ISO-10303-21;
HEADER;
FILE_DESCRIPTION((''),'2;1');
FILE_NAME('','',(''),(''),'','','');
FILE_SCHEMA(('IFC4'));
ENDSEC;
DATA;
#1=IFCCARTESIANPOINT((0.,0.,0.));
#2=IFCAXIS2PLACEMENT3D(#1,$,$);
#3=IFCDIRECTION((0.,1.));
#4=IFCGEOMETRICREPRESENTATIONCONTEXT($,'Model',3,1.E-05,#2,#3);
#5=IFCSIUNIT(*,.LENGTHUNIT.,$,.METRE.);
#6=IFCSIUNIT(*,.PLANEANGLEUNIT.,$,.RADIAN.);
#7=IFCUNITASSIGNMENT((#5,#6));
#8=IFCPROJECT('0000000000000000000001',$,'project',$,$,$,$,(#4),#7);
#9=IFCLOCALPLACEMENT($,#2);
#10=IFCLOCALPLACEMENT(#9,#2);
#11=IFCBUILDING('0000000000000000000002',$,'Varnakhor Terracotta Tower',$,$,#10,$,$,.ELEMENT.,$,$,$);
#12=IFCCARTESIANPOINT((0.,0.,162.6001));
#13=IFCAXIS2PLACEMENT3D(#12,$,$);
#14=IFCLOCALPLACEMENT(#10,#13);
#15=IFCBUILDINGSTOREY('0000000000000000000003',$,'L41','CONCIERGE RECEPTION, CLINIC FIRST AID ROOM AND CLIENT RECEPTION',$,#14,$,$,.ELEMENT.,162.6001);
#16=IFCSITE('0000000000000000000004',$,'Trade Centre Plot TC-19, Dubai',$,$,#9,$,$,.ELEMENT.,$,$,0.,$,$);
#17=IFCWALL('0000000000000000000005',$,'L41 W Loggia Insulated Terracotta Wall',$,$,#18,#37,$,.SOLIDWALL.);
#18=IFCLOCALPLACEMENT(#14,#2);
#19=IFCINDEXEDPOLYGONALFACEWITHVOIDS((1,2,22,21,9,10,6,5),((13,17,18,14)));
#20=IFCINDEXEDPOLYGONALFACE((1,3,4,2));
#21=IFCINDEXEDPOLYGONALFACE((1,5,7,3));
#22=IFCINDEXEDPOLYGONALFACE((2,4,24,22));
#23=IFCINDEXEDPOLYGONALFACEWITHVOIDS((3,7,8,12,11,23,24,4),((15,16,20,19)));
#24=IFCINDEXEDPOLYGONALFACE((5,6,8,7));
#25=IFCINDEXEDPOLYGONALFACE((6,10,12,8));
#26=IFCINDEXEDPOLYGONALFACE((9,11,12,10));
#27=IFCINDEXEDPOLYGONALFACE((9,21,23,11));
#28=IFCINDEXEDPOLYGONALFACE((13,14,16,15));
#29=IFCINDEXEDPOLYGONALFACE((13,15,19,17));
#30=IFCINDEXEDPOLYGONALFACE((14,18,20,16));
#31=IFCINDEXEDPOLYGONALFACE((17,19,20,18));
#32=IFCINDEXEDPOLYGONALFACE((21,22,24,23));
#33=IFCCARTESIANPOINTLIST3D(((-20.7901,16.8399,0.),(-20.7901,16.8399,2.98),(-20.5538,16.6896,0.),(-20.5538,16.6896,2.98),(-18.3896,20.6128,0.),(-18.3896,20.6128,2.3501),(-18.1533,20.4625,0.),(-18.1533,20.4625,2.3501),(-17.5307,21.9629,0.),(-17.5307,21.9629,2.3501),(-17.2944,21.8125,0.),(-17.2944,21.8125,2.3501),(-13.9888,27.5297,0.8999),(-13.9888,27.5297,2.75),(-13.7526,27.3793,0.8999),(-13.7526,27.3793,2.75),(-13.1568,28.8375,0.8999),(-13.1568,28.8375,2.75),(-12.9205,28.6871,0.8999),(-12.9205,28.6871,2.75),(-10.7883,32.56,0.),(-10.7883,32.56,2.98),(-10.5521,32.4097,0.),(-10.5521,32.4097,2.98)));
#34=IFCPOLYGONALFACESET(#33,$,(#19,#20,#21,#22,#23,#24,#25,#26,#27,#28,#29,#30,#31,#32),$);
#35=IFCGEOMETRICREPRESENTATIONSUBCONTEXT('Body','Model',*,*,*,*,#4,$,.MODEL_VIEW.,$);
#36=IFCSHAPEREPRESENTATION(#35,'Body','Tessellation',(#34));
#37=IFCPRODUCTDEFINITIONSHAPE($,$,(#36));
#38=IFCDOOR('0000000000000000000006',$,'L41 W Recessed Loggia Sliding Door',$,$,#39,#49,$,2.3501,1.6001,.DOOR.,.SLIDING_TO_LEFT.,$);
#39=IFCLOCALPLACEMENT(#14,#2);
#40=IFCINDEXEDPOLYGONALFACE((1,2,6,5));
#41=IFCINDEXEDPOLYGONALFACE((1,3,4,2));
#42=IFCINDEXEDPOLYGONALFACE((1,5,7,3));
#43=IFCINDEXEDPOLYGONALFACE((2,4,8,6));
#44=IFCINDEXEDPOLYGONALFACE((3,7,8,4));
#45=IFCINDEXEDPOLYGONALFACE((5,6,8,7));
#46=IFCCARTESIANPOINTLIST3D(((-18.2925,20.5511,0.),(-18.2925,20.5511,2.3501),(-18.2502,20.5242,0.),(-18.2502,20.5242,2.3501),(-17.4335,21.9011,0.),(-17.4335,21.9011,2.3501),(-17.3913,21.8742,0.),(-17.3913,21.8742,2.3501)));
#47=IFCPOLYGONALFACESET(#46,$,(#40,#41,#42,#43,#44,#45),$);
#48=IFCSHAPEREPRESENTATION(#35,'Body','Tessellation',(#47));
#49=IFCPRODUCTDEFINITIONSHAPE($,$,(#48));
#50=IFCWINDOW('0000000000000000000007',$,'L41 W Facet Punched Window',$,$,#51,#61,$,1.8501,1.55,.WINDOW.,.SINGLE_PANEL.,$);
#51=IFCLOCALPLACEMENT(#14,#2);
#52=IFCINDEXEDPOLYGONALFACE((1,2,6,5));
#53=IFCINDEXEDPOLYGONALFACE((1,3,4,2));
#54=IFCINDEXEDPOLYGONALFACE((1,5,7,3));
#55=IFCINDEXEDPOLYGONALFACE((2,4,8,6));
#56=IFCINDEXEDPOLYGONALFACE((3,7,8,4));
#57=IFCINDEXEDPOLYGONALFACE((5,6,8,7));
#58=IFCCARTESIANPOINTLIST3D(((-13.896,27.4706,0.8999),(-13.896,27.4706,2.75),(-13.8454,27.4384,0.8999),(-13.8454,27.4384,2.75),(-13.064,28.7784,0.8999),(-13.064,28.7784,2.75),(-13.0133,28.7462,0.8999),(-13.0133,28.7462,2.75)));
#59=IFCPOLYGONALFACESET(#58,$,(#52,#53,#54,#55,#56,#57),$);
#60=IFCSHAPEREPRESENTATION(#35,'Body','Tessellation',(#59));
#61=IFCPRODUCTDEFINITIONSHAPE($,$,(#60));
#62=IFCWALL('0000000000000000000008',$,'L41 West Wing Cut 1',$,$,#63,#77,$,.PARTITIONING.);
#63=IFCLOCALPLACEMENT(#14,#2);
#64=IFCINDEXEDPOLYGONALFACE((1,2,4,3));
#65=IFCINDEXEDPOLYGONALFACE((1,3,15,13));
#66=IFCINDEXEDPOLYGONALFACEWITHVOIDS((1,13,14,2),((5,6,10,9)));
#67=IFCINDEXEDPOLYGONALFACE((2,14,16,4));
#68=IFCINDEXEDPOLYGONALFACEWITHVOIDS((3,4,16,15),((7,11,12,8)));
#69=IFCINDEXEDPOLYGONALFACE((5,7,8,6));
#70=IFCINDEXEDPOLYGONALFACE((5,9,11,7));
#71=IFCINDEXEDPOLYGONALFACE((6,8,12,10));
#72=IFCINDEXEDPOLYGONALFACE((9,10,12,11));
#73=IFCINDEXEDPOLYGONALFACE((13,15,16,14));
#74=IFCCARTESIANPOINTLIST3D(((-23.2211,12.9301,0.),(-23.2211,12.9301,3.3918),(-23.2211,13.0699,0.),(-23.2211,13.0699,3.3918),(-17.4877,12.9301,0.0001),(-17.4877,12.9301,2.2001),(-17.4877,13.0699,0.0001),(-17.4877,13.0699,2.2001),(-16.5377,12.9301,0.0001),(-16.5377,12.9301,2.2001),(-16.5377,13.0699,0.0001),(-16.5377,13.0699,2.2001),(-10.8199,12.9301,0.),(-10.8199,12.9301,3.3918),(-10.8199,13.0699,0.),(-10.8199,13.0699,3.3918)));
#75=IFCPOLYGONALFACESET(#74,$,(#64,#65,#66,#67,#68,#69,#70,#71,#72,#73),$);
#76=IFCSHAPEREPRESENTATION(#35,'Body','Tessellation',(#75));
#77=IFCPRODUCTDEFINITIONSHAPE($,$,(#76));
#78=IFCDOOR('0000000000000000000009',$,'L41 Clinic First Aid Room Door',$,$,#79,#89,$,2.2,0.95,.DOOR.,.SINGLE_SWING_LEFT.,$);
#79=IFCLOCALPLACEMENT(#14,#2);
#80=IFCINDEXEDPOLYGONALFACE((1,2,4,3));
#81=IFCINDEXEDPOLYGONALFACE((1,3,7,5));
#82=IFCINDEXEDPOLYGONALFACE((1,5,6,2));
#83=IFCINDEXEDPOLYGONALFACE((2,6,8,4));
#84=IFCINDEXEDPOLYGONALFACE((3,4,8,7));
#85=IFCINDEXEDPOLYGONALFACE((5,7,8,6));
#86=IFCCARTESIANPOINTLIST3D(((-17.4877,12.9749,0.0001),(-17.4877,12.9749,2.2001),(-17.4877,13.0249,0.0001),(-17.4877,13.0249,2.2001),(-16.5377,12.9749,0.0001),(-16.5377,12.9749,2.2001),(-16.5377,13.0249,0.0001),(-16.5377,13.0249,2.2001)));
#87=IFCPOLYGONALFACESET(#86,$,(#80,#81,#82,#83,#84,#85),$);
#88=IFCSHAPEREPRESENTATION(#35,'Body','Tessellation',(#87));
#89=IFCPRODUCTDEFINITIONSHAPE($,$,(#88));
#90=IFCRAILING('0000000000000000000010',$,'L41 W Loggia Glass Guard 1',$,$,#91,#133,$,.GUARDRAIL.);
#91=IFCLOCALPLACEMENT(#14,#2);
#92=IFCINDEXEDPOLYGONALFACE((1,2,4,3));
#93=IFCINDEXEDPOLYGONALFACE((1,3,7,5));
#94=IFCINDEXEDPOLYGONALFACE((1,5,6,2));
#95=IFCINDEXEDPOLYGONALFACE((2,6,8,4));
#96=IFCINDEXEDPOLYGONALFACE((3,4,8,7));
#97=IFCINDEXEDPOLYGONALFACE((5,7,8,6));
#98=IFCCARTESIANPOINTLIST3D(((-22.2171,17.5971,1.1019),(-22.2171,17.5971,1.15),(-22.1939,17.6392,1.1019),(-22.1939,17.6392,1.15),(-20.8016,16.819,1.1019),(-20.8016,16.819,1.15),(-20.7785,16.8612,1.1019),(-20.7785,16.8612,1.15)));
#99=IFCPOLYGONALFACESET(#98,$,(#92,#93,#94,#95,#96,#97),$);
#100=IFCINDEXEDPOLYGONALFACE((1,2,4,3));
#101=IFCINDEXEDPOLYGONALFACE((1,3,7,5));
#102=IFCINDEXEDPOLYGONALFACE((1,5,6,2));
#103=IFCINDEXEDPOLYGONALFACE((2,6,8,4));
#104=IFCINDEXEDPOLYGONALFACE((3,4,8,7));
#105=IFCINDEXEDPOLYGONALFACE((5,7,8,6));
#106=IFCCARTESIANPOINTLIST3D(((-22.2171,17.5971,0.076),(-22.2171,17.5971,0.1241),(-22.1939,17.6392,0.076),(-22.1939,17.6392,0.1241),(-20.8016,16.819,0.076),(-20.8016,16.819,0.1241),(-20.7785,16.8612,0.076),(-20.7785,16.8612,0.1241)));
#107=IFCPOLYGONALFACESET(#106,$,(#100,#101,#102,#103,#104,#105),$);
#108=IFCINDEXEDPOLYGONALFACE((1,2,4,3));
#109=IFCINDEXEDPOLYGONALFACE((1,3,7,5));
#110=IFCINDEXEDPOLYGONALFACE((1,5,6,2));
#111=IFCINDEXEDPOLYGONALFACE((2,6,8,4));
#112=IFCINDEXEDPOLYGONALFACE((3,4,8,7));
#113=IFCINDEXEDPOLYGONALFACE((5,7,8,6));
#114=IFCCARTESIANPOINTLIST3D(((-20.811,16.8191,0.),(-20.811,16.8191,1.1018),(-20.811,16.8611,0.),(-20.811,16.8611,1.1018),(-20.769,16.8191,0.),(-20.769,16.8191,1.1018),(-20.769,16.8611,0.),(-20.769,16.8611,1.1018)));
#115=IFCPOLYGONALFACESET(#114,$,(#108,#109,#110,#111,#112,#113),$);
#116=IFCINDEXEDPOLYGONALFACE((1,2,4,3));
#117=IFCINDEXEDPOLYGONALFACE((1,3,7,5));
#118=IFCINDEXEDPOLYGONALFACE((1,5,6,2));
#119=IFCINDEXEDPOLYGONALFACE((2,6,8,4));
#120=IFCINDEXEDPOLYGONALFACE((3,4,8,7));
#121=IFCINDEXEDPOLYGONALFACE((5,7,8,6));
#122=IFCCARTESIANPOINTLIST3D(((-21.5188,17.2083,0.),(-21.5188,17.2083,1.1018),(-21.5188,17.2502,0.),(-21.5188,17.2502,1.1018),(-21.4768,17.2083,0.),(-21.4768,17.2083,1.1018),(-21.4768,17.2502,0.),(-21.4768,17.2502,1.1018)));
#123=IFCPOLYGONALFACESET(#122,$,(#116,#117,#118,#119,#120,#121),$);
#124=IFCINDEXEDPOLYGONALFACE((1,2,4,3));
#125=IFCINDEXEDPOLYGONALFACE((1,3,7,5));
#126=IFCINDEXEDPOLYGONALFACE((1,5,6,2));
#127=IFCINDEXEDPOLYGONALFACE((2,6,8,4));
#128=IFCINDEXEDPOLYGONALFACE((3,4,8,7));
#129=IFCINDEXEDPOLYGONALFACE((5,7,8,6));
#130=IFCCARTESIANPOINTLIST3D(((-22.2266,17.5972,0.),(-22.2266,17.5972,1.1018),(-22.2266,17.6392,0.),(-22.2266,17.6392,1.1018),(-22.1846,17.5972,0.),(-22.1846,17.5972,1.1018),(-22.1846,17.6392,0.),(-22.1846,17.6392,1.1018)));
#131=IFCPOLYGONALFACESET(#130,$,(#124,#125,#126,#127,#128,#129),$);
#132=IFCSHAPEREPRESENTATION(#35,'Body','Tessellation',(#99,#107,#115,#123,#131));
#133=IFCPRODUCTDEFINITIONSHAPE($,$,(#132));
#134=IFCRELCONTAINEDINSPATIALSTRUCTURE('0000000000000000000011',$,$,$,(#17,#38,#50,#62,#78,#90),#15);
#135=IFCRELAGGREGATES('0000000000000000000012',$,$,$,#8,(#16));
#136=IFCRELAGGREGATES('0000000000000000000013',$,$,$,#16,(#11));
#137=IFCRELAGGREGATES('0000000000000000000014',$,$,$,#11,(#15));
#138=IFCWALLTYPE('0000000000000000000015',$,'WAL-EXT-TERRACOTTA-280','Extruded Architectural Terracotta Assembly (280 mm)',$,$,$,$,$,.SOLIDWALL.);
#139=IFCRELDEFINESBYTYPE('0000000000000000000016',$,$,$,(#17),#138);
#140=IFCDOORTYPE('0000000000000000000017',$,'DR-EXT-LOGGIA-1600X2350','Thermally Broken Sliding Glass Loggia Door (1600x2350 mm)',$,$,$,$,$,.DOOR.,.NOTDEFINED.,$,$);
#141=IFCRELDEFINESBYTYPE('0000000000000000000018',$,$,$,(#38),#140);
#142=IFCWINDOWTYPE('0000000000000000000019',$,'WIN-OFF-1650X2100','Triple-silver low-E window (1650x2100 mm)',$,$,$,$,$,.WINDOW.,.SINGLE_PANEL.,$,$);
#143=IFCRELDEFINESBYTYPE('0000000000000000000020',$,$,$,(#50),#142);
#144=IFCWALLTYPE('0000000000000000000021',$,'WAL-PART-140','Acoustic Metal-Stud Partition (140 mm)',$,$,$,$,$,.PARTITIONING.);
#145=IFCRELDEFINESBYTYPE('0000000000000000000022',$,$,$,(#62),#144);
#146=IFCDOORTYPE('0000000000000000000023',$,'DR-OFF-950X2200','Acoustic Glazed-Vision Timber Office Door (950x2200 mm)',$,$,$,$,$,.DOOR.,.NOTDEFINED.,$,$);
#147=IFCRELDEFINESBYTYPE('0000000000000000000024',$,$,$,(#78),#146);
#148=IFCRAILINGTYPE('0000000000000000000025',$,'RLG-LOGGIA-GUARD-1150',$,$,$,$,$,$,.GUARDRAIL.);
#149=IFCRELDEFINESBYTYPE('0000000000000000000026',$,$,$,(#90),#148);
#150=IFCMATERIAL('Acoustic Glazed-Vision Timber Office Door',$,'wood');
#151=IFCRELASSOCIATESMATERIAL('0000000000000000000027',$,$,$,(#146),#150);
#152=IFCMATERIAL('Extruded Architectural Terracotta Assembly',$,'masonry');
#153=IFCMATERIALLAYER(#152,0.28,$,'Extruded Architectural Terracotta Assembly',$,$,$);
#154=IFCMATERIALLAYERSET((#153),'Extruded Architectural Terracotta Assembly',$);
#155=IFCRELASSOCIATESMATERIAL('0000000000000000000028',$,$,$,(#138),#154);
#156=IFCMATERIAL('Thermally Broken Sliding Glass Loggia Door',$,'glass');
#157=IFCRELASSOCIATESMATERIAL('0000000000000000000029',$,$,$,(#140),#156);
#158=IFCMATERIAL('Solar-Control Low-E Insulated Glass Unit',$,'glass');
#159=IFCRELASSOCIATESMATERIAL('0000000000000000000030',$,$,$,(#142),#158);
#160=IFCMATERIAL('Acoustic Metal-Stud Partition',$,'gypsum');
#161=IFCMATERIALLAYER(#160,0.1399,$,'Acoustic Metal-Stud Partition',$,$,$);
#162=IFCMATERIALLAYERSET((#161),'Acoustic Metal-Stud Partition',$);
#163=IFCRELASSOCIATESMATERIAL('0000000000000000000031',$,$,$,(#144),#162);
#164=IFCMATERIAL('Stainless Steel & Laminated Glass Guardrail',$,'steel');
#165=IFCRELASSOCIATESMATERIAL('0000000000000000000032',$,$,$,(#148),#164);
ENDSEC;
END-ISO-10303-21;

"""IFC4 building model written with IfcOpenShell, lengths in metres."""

from ifc_helpers import new_model, si_unit, direction, frame, frame_2d, origin, origin_2d, place, context, subcontext, project, spatial, rectangle, extrude, source, transform, mapped, material, layer, layer_set, type_object, type_shapes, element, fill, save


model = new_model("IFC4")

# Units and contexts
model_context = context("Model", 3, precision=1e-05, world=origin(), true_north=direction((0.0, 1.0)))
body_context = subcontext(model_context, "Body", "Model", "MODEL_VIEW")
ifc_project = project(units=[si_unit("LENGTHUNIT", "METRE"), si_unit("PLANEANGLEUNIT", "RADIAN")], contexts=[model_context])

# Site, building, storey
site_placement = place(None, origin())
site = spatial("IfcSite", under=ifc_project, at=site_placement, Name="Trade Centre Plot TC-19, Dubai", CompositionType="ELEMENT", RefElevation=0.0)
building_placement = place(site_placement, origin())
building = spatial("IfcBuilding", under=site, at=building_placement, Name="Varnakhor Terracotta Tower", CompositionType="ELEMENT")
storey_placement = place(building_placement, frame((0.0, 0.0, 162.6001)))
storey = spatial("IfcBuildingStorey", under=building, at=storey_placement, Name="L41", Description="CONCIERGE RECEPTION, CLINIC FIRST AID ROOM AND CLIENT RECEPTION", CompositionType="ELEMENT", Elevation=162.6001)

# Shared definitions
ifc_material_1 = material(Name="Acoustic Glazed-Vision Timber Office Door", Category="wood")
door_type_1 = type_object("IfcDoorType", Name="DR-OFF-950X2200", Description="Acoustic Glazed-Vision Timber Office Door (950x2200 mm)", OperationType="NOTDEFINED", PredefinedType="DOOR", material=ifc_material_1)
shared_shape_1 = source(origin(), body_context, "Body", "SweptSolid", [
    extrude(rectangle(XDim=0.95, YDim=2.2, at=frame_2d((0.4751, 1.1001))), frame((0.0, 0.0249, 0.0), z_axis=(0.0, -1.0, 0.0), x_axis=(1.0, 0.0, 0.0)), (0.0, 0.0, 1.0), 0.05),
])
type_shapes(door_type_1, [shared_shape_1])

# Wall, openings, door, window
ifc_material_2 = material(Name="Extruded Architectural Terracotta Assembly", Category="masonry")
ifc_layer_1 = layer(ifc_material_2, 0.28, Name="Extruded Architectural Terracotta Assembly")
ifc_layer_set_1 = layer_set([ifc_layer_1], Name="Extruded Architectural Terracotta Assembly")
wall_type_1 = type_object("IfcWallType", Name="WAL-EXT-TERRACOTTA-280", Description="Extruded Architectural Terracotta Assembly (280 mm)", PredefinedType="SOLIDWALL", material=ifc_layer_set_1)
wall_1_placement = place(storey_placement, frame((-20.6719, 16.7649, 0.0), z_axis=(0.0, 0.0, 1.0), x_axis=(0.536803, 0.843708, 0.0)))
wall_1 = element("IfcWall", 1, at=wall_1_placement, inside=storey, type_object=wall_type_1, Name="L41 W Loggia Insulated Terracotta Wall", PredefinedType="SOLIDWALL", context=body_context, shape_type="SweptSolid", body=[
    extrude(rectangle(XDim=18.6321, YDim=0.28, at=frame_2d((9.3159, 0.0))), origin(), (0.0, 0.0, 1.0), 2.98),
])
opening_1_placement = place(wall_1_placement, frame((4.4717, 0.0, 0.0)))
opening_1 = element("IfcOpeningElement", 2, at=opening_1_placement, cuts=wall_1, PredefinedType="OPENING", context=body_context, shape_type="SweptSolid", body=[
    extrude(rectangle(XDim=1.6001, YDim=2.3501, at=frame_2d((0.8, 1.175))), frame((0.0, 0.1499, 0.0), z_axis=(0.0, -1.0, 0.0), x_axis=(1.0, 0.0, 0.0)), (0.0, 0.0, 1.0), 0.3),
])
opening_2_placement = place(wall_1_placement, frame((12.6699, 0.0, 0.8999)))
opening_2 = element("IfcOpeningElement", 3, at=opening_2_placement, cuts=wall_1, PredefinedType="OPENING", context=body_context, shape_type="SweptSolid", body=[
    extrude(rectangle(XDim=1.55, YDim=1.8501, at=frame_2d((0.7749, 0.925))), frame((0.0, 0.1499, 0.0), z_axis=(0.0, -1.0, 0.0), x_axis=(1.0, 0.0, 0.0)), (0.0, 0.0, 1.0), 0.3),
])
ifc_material_3 = material(Name="Thermally Broken Sliding Glass Loggia Door", Category="glass")
door_type_2 = type_object("IfcDoorType", Name="DR-EXT-LOGGIA-1600X2350", Description="Thermally Broken Sliding Glass Loggia Door (1600x2350 mm)", OperationType="NOTDEFINED", PredefinedType="DOOR", material=ifc_material_3)
shared_shape_2 = source(origin(), body_context, "Body", "SweptSolid", [
    extrude(rectangle(XDim=1.6001, YDim=2.3501, at=frame_2d((0.8, 1.175))), frame((0.0, 0.0249, 0.0), z_axis=(0.0, -1.0, 0.0), x_axis=(1.0, 0.0, 0.0)), (0.0, 0.0, 1.0), 0.05),
])
type_shapes(door_type_2, [shared_shape_2])
door_1_placement = place(opening_1_placement, origin())
door_1 = element("IfcDoor", 4, at=door_1_placement, inside=storey, type_object=door_type_2, Name="L41 W Recessed Loggia Sliding Door", OperationType="SLIDING_TO_LEFT", OverallHeight=2.3501, OverallWidth=1.6001, PredefinedType="DOOR", context=body_context, shape_type="MappedRepresentation", body=[
    mapped(shared_shape_2, transform((0.0, 0.0, 0.0), scale=1.0)),
])
fill(opening_1, door_1)
ifc_material_4 = material(Name="Solar-Control Low-E Insulated Glass Unit", Category="glass")
window_type = type_object("IfcWindowType", Name="WIN-OFF-1650X2100", Description="Triple-silver low-E window (1650x2100 mm)", PartitioningType="SINGLE_PANEL", PredefinedType="WINDOW", material=ifc_material_4)
shared_shape_3 = source(origin(), body_context, "Body", "SweptSolid", [
    extrude(rectangle(XDim=1.55, YDim=1.8501, at=frame_2d((0.7749, 0.925))), frame((0.0, 0.03, 0.0), z_axis=(0.0, -1.0, 0.0), x_axis=(1.0, 0.0, 0.0)), (0.0, 0.0, 1.0), 0.0601),
])
type_shapes(window_type, [shared_shape_3])
window_placement = place(opening_2_placement, origin())
window = element("IfcWindow", 5, at=window_placement, inside=storey, type_object=window_type, Name="L41 W Facet Punched Window", OverallHeight=1.8501, OverallWidth=1.55, PartitioningType="SINGLE_PANEL", PredefinedType="WINDOW", context=body_context, shape_type="MappedRepresentation", body=[
    mapped(shared_shape_3, transform((0.0, 0.0, 0.0), scale=1.0)),
])
fill(opening_2, window)

# Wall, opening, door
ifc_material_5 = material(Name="Acoustic Metal-Stud Partition", Category="gypsum")
ifc_layer_2 = layer(ifc_material_5, 0.1399, Name="Acoustic Metal-Stud Partition")
ifc_layer_set_2 = layer_set([ifc_layer_2], Name="Acoustic Metal-Stud Partition")
wall_type_2 = type_object("IfcWallType", Name="WAL-PART-140", Description="Acoustic Metal-Stud Partition (140 mm)", PredefinedType="PARTITIONING", material=ifc_layer_set_2)
wall_2_placement = place(storey_placement, frame((-23.2212, 13.0, 0.0), z_axis=(0.0, 0.0, 1.0), x_axis=(1.0, 0.0, 0.0)))
wall_2 = element("IfcWall", 6, at=wall_2_placement, inside=storey, type_object=wall_type_2, Name="L41 West Wing Cut 1", PredefinedType="PARTITIONING", context=body_context, shape_type="SweptSolid", body=[
    extrude(rectangle(XDim=12.4011, YDim=0.1399, at=frame_2d((6.2007, 0.0))), origin(), (0.0, 0.0, 1.0), 3.3918),
])
opening_3_placement = place(wall_2_placement, frame((5.7334, 0.0, 0.0)))
opening_3 = element("IfcOpeningElement", 7, at=opening_3_placement, cuts=wall_2, PredefinedType="OPENING", context=body_context, shape_type="SweptSolid", body=[
    extrude(rectangle(XDim=0.95, YDim=2.2, at=frame_2d((0.4751, 1.1001))), frame((0.0, 0.0801, 0.0), z_axis=(0.0, -1.0, 0.0), x_axis=(1.0, 0.0, 0.0)), (0.0, 0.0, 1.0), 0.1599),
])
door_2_placement = place(opening_3_placement, origin())
door_2 = element("IfcDoor", 8, at=door_2_placement, inside=storey, type_object=door_type_1, Name="L41 Clinic First Aid Room Door", OperationType="SINGLE_SWING_LEFT", OverallHeight=2.2, OverallWidth=0.95, PredefinedType="DOOR", context=body_context, shape_type="MappedRepresentation", body=[
    mapped(shared_shape_1, transform((0.0, 0.0, 0.0), scale=1.0)),
])
fill(opening_3, door_2)

# Railing
ifc_material_6 = material(Name="Stainless Steel & Laminated Glass Guardrail", Category="steel")
railing_type = type_object("IfcRailingType", Name="RLG-LOGGIA-GUARD-1150", PredefinedType="GUARDRAIL", material=ifc_material_6)
railing_1_placement = place(storey_placement, frame((-20.79, 16.8401, 0.0)))
element("IfcRailing", 9, at=railing_1_placement, inside=storey, type_object=railing_type, Name="L41 W Loggia Glass Guard 1", PredefinedType="GUARDRAIL", context=body_context, shape_type="SweptSolid", body=[
    extrude(rectangle(XDim=0.0481, YDim=0.0481, at=origin_2d()), frame((0.0, 0.0, 1.126), z_axis=(-0.876337, 0.481698, 0.0), x_axis=(-0.481698, -0.876337, 0.0)), (0.0, 0.0, 1.0), 1.6152),
    extrude(rectangle(XDim=0.0481, YDim=0.0481, at=origin_2d()), frame((0.0, 0.0, 0.1001), z_axis=(-0.876337, 0.481698, 0.0), x_axis=(-0.481698, -0.876337, 0.0)), (0.0, 0.0, 1.0), 1.6152),
    extrude(rectangle(XDim=0.042, YDim=0.042, at=origin_2d()), origin(), (0.0, 0.0, 1.0), 1.1018),
    extrude(rectangle(XDim=0.042, YDim=0.042, at=origin_2d()), frame((-0.7078, 0.3892, 0.0)), (0.0, 0.0, 1.0), 1.1018),
    extrude(rectangle(XDim=0.042, YDim=0.042, at=origin_2d()), frame((-1.4155, 0.7781, 0.0)), (0.0, 0.0, 1.0), 1.1018),
])

save(model, "model.ifc")
